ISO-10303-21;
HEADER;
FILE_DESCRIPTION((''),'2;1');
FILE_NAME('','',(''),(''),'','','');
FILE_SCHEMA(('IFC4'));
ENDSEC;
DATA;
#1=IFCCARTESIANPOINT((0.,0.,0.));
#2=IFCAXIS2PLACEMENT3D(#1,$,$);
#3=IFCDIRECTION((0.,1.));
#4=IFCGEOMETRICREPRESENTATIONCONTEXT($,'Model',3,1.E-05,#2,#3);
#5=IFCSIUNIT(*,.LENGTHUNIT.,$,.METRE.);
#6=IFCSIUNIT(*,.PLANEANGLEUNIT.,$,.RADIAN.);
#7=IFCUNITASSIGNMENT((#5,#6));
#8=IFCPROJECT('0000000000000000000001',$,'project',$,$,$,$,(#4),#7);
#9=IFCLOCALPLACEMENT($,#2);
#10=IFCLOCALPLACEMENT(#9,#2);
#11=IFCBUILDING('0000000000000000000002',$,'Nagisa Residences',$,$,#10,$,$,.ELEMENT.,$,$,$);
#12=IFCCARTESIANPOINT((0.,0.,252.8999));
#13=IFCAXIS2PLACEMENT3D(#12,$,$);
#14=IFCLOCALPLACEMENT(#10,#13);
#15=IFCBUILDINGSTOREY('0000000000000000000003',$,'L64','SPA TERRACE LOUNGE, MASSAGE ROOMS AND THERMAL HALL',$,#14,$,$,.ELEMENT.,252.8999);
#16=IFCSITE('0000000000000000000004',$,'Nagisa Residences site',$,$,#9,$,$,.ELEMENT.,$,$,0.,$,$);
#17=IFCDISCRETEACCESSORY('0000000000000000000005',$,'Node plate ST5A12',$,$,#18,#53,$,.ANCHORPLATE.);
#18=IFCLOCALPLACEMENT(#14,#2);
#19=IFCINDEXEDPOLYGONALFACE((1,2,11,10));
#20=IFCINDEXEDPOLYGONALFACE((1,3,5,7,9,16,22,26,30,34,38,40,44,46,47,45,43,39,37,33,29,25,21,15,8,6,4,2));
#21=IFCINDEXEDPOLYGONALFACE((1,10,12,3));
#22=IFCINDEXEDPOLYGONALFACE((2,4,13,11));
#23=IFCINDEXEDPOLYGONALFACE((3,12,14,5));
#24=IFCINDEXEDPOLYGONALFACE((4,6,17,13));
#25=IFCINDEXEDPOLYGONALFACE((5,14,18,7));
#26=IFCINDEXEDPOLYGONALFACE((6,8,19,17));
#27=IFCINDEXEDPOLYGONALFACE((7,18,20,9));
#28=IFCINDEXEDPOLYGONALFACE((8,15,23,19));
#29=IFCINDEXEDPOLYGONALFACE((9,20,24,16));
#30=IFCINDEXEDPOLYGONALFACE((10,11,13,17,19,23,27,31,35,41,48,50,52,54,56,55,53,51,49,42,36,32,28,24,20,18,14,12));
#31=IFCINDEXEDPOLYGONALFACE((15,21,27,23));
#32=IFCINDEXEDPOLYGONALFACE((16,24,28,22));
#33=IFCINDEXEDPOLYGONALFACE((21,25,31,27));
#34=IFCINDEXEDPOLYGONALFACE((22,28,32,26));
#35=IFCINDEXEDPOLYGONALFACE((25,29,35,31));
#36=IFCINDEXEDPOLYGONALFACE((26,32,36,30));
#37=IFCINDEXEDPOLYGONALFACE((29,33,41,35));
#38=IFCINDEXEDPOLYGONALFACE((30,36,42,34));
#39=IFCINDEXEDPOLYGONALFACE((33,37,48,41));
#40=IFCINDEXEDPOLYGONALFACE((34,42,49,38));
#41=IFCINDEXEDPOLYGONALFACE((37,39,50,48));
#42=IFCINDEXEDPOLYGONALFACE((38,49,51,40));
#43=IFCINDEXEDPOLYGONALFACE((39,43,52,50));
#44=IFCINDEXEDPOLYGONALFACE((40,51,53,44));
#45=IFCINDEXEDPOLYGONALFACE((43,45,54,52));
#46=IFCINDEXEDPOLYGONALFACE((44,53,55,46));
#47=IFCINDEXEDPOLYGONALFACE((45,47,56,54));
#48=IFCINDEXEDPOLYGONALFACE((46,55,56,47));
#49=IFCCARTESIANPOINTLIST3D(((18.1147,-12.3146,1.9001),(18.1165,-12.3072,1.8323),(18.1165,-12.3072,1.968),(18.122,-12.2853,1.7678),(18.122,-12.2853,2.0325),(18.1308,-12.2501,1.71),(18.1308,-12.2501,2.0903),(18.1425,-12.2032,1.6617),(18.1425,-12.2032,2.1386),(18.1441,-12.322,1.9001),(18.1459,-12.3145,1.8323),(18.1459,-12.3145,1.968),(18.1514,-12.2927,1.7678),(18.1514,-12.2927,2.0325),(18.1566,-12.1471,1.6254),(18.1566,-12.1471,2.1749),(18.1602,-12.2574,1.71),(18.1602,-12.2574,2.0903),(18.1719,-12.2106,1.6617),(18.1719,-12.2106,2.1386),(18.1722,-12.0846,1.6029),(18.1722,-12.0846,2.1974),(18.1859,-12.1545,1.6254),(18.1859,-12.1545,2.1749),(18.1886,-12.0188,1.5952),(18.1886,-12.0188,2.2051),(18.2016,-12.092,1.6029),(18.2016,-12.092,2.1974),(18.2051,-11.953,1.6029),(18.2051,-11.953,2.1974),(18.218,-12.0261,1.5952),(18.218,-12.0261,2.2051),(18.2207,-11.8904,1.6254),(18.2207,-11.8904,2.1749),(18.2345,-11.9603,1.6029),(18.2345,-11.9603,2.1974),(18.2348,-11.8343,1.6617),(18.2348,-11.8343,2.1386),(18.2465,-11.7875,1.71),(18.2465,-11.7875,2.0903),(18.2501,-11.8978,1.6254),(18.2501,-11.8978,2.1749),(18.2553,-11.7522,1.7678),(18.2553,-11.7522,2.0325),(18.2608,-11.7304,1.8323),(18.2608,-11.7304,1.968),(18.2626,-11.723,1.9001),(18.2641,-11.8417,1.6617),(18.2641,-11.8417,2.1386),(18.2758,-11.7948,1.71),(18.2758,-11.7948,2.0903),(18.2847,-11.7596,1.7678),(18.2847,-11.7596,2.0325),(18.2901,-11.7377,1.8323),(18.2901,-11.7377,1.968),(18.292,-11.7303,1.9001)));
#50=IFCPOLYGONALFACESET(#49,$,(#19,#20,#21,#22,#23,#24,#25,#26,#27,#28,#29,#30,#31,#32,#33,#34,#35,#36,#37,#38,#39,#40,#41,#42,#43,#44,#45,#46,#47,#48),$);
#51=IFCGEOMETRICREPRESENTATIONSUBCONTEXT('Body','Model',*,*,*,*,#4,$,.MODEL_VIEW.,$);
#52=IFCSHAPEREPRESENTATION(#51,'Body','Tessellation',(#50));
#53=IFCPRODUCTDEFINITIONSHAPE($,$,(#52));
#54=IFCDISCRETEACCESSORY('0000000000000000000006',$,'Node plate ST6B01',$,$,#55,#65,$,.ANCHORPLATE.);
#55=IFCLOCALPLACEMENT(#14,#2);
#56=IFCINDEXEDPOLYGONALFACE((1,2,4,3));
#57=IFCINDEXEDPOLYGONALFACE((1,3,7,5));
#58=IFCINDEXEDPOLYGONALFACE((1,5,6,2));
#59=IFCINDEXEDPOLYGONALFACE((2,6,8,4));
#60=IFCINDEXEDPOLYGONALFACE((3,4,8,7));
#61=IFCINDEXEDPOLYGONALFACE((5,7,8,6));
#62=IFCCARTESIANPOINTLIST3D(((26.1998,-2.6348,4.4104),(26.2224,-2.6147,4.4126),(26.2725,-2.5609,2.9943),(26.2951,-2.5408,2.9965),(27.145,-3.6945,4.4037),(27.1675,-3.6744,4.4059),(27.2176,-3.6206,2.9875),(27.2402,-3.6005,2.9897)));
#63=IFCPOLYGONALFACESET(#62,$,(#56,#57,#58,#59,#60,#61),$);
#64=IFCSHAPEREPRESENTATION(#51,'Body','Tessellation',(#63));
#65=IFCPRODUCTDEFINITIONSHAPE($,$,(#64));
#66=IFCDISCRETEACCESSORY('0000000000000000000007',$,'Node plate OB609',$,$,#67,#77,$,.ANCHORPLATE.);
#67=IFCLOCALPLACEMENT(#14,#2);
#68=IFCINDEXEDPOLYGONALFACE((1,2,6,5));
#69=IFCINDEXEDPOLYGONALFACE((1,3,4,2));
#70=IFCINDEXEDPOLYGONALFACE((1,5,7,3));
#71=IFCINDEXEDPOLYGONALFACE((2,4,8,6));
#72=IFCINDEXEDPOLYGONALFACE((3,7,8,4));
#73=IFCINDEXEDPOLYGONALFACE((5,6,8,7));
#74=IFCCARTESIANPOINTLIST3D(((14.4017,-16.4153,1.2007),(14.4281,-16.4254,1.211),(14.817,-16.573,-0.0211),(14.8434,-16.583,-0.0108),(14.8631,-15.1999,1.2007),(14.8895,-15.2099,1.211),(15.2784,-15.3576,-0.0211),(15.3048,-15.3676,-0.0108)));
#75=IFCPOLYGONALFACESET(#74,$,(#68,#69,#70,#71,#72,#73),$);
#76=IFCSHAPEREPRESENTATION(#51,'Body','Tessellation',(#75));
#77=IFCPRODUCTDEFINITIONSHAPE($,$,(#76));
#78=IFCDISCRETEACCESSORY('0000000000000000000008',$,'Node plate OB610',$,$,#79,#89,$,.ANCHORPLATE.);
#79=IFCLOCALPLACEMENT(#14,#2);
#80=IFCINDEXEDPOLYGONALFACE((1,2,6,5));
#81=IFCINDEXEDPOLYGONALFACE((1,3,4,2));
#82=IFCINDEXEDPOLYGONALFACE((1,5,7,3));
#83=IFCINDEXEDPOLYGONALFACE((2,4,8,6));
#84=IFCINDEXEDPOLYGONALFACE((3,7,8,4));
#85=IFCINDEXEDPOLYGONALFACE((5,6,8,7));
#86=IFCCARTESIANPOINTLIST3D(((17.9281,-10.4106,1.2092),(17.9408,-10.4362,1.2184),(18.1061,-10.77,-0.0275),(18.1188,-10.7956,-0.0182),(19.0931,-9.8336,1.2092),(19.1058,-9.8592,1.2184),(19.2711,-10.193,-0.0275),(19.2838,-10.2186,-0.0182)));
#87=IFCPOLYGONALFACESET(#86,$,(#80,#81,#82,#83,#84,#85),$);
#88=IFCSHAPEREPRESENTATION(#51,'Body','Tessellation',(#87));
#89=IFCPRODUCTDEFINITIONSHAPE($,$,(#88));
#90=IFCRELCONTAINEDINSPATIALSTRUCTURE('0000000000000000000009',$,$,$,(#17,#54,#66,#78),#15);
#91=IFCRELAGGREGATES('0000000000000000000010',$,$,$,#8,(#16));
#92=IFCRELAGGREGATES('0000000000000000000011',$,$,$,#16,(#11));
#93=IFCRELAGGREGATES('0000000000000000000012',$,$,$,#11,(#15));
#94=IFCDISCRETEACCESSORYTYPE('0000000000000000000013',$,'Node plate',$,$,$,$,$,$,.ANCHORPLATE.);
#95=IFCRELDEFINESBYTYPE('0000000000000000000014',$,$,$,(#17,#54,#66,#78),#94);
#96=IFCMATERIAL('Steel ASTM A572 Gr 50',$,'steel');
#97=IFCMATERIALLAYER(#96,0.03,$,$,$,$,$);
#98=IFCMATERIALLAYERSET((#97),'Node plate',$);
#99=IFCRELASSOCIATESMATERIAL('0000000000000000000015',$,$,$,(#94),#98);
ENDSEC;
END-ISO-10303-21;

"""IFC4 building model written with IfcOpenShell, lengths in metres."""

from ifc_helpers import new_model, si_unit, direction, frame, origin, origin_2d, place, context, subcontext, project, spatial, rectangle, circle, extrude, material, layer, layer_set, type_object, element, save


model = new_model("IFC4")

# Units and contexts
model_context = context("Model", 3, precision=1e-05, world=origin(), true_north=direction((0.0, 1.0)))
body_context = subcontext(model_context, "Body", "Model", "MODEL_VIEW")
ifc_project = project(units=[si_unit("LENGTHUNIT", "METRE"), si_unit("PLANEANGLEUNIT", "RADIAN")], contexts=[model_context])

# Site, building, storey
site_placement = place(None, origin())
site = spatial("IfcSite", under=ifc_project, at=site_placement, Name="Nagisa Residences site", CompositionType="ELEMENT", RefElevation=0.0)
building_placement = place(site_placement, origin())
building = spatial("IfcBuilding", under=site, at=building_placement, Name="Nagisa Residences", CompositionType="ELEMENT")
storey_placement = place(building_placement, frame((0.0, 0.0, 252.8999)))
storey = spatial("IfcBuildingStorey", under=building, at=storey_placement, Name="L64", Description="SPA TERRACE LOUNGE, MASSAGE ROOMS AND THERMAL HALL", CompositionType="ELEMENT", Elevation=252.8999)

# Discrete accessories
ifc_material_1 = material(Name="Steel ASTM A572 Gr 50", Category="steel")
ifc_layer_1 = layer(ifc_material_1, 0.03)
ifc_layer_set_1 = layer_set([ifc_layer_1], Name="Node plate")
discrete_accessory_type = type_object("IfcDiscreteAccessoryType", Name="Node plate", PredefinedType="ANCHORPLATE", material=ifc_layer_set_1)
discrete_accessory_1_placement = place(storey_placement, frame((18.218, -12.0261, 1.9001), z_axis=(-0.970143, 0.242536, 0.0), x_axis=(-0.242536, -0.970143, 0.0)))
element("IfcDiscreteAccessory", 1, at=discrete_accessory_1_placement, inside=storey, type_object=discrete_accessory_type, Name="Node plate ST5A12", PredefinedType="ANCHORPLATE", context=body_context, shape_type="SweptSolid", body=[
    extrude(circle(Radius=0.3049, at=origin_2d()), origin(), (0.0, 0.0, 1.0), 0.0303),
])
discrete_accessory_2_placement = place(storey_placement, frame((26.7087, -3.1277, 3.699), z_axis=(0.744531, 0.663603, 0.072835), x_axis=(-0.665623, 0.746273, 0.004772)))
element("IfcDiscreteAccessory", 2, at=discrete_accessory_2_placement, inside=storey, type_object=discrete_accessory_type, Name="Node plate ST6B01", PredefinedType="ANCHORPLATE", context=body_context, shape_type="SweptSolid", body=[
    extrude(rectangle(XDim=1.4199, YDim=1.4199, at=origin_2d()), origin(), (0.0, 0.0, 1.0), 0.0303),
])
for number, where, z_axis, x_axis, name in (
    (3, (14.8665, -15.8965, 0.6001), (-0.87863, 0.333554, -0.341689), (-0.354915, -0.934899, 0.0), "Node plate OB609"),
    (4, (18.6123, -10.3274, 0.6001), (-0.422151, 0.85242, -0.308495), (-0.896128, -0.443797, 0.0), "Node plate OB610"),
):
    element("IfcDiscreteAccessory", number, at=place(storey_placement, frame(where, z_axis=z_axis, x_axis=x_axis)), inside=storey, type_object=discrete_accessory_type, Name=name, PredefinedType="ANCHORPLATE", context=body_context, shape_type="SweptSolid", body=[
        extrude(rectangle(XDim=1.3, YDim=1.3, at=origin_2d()), origin(), (0.0, 0.0, 1.0), 0.03),
    ])

save(model, "model.ifc")
